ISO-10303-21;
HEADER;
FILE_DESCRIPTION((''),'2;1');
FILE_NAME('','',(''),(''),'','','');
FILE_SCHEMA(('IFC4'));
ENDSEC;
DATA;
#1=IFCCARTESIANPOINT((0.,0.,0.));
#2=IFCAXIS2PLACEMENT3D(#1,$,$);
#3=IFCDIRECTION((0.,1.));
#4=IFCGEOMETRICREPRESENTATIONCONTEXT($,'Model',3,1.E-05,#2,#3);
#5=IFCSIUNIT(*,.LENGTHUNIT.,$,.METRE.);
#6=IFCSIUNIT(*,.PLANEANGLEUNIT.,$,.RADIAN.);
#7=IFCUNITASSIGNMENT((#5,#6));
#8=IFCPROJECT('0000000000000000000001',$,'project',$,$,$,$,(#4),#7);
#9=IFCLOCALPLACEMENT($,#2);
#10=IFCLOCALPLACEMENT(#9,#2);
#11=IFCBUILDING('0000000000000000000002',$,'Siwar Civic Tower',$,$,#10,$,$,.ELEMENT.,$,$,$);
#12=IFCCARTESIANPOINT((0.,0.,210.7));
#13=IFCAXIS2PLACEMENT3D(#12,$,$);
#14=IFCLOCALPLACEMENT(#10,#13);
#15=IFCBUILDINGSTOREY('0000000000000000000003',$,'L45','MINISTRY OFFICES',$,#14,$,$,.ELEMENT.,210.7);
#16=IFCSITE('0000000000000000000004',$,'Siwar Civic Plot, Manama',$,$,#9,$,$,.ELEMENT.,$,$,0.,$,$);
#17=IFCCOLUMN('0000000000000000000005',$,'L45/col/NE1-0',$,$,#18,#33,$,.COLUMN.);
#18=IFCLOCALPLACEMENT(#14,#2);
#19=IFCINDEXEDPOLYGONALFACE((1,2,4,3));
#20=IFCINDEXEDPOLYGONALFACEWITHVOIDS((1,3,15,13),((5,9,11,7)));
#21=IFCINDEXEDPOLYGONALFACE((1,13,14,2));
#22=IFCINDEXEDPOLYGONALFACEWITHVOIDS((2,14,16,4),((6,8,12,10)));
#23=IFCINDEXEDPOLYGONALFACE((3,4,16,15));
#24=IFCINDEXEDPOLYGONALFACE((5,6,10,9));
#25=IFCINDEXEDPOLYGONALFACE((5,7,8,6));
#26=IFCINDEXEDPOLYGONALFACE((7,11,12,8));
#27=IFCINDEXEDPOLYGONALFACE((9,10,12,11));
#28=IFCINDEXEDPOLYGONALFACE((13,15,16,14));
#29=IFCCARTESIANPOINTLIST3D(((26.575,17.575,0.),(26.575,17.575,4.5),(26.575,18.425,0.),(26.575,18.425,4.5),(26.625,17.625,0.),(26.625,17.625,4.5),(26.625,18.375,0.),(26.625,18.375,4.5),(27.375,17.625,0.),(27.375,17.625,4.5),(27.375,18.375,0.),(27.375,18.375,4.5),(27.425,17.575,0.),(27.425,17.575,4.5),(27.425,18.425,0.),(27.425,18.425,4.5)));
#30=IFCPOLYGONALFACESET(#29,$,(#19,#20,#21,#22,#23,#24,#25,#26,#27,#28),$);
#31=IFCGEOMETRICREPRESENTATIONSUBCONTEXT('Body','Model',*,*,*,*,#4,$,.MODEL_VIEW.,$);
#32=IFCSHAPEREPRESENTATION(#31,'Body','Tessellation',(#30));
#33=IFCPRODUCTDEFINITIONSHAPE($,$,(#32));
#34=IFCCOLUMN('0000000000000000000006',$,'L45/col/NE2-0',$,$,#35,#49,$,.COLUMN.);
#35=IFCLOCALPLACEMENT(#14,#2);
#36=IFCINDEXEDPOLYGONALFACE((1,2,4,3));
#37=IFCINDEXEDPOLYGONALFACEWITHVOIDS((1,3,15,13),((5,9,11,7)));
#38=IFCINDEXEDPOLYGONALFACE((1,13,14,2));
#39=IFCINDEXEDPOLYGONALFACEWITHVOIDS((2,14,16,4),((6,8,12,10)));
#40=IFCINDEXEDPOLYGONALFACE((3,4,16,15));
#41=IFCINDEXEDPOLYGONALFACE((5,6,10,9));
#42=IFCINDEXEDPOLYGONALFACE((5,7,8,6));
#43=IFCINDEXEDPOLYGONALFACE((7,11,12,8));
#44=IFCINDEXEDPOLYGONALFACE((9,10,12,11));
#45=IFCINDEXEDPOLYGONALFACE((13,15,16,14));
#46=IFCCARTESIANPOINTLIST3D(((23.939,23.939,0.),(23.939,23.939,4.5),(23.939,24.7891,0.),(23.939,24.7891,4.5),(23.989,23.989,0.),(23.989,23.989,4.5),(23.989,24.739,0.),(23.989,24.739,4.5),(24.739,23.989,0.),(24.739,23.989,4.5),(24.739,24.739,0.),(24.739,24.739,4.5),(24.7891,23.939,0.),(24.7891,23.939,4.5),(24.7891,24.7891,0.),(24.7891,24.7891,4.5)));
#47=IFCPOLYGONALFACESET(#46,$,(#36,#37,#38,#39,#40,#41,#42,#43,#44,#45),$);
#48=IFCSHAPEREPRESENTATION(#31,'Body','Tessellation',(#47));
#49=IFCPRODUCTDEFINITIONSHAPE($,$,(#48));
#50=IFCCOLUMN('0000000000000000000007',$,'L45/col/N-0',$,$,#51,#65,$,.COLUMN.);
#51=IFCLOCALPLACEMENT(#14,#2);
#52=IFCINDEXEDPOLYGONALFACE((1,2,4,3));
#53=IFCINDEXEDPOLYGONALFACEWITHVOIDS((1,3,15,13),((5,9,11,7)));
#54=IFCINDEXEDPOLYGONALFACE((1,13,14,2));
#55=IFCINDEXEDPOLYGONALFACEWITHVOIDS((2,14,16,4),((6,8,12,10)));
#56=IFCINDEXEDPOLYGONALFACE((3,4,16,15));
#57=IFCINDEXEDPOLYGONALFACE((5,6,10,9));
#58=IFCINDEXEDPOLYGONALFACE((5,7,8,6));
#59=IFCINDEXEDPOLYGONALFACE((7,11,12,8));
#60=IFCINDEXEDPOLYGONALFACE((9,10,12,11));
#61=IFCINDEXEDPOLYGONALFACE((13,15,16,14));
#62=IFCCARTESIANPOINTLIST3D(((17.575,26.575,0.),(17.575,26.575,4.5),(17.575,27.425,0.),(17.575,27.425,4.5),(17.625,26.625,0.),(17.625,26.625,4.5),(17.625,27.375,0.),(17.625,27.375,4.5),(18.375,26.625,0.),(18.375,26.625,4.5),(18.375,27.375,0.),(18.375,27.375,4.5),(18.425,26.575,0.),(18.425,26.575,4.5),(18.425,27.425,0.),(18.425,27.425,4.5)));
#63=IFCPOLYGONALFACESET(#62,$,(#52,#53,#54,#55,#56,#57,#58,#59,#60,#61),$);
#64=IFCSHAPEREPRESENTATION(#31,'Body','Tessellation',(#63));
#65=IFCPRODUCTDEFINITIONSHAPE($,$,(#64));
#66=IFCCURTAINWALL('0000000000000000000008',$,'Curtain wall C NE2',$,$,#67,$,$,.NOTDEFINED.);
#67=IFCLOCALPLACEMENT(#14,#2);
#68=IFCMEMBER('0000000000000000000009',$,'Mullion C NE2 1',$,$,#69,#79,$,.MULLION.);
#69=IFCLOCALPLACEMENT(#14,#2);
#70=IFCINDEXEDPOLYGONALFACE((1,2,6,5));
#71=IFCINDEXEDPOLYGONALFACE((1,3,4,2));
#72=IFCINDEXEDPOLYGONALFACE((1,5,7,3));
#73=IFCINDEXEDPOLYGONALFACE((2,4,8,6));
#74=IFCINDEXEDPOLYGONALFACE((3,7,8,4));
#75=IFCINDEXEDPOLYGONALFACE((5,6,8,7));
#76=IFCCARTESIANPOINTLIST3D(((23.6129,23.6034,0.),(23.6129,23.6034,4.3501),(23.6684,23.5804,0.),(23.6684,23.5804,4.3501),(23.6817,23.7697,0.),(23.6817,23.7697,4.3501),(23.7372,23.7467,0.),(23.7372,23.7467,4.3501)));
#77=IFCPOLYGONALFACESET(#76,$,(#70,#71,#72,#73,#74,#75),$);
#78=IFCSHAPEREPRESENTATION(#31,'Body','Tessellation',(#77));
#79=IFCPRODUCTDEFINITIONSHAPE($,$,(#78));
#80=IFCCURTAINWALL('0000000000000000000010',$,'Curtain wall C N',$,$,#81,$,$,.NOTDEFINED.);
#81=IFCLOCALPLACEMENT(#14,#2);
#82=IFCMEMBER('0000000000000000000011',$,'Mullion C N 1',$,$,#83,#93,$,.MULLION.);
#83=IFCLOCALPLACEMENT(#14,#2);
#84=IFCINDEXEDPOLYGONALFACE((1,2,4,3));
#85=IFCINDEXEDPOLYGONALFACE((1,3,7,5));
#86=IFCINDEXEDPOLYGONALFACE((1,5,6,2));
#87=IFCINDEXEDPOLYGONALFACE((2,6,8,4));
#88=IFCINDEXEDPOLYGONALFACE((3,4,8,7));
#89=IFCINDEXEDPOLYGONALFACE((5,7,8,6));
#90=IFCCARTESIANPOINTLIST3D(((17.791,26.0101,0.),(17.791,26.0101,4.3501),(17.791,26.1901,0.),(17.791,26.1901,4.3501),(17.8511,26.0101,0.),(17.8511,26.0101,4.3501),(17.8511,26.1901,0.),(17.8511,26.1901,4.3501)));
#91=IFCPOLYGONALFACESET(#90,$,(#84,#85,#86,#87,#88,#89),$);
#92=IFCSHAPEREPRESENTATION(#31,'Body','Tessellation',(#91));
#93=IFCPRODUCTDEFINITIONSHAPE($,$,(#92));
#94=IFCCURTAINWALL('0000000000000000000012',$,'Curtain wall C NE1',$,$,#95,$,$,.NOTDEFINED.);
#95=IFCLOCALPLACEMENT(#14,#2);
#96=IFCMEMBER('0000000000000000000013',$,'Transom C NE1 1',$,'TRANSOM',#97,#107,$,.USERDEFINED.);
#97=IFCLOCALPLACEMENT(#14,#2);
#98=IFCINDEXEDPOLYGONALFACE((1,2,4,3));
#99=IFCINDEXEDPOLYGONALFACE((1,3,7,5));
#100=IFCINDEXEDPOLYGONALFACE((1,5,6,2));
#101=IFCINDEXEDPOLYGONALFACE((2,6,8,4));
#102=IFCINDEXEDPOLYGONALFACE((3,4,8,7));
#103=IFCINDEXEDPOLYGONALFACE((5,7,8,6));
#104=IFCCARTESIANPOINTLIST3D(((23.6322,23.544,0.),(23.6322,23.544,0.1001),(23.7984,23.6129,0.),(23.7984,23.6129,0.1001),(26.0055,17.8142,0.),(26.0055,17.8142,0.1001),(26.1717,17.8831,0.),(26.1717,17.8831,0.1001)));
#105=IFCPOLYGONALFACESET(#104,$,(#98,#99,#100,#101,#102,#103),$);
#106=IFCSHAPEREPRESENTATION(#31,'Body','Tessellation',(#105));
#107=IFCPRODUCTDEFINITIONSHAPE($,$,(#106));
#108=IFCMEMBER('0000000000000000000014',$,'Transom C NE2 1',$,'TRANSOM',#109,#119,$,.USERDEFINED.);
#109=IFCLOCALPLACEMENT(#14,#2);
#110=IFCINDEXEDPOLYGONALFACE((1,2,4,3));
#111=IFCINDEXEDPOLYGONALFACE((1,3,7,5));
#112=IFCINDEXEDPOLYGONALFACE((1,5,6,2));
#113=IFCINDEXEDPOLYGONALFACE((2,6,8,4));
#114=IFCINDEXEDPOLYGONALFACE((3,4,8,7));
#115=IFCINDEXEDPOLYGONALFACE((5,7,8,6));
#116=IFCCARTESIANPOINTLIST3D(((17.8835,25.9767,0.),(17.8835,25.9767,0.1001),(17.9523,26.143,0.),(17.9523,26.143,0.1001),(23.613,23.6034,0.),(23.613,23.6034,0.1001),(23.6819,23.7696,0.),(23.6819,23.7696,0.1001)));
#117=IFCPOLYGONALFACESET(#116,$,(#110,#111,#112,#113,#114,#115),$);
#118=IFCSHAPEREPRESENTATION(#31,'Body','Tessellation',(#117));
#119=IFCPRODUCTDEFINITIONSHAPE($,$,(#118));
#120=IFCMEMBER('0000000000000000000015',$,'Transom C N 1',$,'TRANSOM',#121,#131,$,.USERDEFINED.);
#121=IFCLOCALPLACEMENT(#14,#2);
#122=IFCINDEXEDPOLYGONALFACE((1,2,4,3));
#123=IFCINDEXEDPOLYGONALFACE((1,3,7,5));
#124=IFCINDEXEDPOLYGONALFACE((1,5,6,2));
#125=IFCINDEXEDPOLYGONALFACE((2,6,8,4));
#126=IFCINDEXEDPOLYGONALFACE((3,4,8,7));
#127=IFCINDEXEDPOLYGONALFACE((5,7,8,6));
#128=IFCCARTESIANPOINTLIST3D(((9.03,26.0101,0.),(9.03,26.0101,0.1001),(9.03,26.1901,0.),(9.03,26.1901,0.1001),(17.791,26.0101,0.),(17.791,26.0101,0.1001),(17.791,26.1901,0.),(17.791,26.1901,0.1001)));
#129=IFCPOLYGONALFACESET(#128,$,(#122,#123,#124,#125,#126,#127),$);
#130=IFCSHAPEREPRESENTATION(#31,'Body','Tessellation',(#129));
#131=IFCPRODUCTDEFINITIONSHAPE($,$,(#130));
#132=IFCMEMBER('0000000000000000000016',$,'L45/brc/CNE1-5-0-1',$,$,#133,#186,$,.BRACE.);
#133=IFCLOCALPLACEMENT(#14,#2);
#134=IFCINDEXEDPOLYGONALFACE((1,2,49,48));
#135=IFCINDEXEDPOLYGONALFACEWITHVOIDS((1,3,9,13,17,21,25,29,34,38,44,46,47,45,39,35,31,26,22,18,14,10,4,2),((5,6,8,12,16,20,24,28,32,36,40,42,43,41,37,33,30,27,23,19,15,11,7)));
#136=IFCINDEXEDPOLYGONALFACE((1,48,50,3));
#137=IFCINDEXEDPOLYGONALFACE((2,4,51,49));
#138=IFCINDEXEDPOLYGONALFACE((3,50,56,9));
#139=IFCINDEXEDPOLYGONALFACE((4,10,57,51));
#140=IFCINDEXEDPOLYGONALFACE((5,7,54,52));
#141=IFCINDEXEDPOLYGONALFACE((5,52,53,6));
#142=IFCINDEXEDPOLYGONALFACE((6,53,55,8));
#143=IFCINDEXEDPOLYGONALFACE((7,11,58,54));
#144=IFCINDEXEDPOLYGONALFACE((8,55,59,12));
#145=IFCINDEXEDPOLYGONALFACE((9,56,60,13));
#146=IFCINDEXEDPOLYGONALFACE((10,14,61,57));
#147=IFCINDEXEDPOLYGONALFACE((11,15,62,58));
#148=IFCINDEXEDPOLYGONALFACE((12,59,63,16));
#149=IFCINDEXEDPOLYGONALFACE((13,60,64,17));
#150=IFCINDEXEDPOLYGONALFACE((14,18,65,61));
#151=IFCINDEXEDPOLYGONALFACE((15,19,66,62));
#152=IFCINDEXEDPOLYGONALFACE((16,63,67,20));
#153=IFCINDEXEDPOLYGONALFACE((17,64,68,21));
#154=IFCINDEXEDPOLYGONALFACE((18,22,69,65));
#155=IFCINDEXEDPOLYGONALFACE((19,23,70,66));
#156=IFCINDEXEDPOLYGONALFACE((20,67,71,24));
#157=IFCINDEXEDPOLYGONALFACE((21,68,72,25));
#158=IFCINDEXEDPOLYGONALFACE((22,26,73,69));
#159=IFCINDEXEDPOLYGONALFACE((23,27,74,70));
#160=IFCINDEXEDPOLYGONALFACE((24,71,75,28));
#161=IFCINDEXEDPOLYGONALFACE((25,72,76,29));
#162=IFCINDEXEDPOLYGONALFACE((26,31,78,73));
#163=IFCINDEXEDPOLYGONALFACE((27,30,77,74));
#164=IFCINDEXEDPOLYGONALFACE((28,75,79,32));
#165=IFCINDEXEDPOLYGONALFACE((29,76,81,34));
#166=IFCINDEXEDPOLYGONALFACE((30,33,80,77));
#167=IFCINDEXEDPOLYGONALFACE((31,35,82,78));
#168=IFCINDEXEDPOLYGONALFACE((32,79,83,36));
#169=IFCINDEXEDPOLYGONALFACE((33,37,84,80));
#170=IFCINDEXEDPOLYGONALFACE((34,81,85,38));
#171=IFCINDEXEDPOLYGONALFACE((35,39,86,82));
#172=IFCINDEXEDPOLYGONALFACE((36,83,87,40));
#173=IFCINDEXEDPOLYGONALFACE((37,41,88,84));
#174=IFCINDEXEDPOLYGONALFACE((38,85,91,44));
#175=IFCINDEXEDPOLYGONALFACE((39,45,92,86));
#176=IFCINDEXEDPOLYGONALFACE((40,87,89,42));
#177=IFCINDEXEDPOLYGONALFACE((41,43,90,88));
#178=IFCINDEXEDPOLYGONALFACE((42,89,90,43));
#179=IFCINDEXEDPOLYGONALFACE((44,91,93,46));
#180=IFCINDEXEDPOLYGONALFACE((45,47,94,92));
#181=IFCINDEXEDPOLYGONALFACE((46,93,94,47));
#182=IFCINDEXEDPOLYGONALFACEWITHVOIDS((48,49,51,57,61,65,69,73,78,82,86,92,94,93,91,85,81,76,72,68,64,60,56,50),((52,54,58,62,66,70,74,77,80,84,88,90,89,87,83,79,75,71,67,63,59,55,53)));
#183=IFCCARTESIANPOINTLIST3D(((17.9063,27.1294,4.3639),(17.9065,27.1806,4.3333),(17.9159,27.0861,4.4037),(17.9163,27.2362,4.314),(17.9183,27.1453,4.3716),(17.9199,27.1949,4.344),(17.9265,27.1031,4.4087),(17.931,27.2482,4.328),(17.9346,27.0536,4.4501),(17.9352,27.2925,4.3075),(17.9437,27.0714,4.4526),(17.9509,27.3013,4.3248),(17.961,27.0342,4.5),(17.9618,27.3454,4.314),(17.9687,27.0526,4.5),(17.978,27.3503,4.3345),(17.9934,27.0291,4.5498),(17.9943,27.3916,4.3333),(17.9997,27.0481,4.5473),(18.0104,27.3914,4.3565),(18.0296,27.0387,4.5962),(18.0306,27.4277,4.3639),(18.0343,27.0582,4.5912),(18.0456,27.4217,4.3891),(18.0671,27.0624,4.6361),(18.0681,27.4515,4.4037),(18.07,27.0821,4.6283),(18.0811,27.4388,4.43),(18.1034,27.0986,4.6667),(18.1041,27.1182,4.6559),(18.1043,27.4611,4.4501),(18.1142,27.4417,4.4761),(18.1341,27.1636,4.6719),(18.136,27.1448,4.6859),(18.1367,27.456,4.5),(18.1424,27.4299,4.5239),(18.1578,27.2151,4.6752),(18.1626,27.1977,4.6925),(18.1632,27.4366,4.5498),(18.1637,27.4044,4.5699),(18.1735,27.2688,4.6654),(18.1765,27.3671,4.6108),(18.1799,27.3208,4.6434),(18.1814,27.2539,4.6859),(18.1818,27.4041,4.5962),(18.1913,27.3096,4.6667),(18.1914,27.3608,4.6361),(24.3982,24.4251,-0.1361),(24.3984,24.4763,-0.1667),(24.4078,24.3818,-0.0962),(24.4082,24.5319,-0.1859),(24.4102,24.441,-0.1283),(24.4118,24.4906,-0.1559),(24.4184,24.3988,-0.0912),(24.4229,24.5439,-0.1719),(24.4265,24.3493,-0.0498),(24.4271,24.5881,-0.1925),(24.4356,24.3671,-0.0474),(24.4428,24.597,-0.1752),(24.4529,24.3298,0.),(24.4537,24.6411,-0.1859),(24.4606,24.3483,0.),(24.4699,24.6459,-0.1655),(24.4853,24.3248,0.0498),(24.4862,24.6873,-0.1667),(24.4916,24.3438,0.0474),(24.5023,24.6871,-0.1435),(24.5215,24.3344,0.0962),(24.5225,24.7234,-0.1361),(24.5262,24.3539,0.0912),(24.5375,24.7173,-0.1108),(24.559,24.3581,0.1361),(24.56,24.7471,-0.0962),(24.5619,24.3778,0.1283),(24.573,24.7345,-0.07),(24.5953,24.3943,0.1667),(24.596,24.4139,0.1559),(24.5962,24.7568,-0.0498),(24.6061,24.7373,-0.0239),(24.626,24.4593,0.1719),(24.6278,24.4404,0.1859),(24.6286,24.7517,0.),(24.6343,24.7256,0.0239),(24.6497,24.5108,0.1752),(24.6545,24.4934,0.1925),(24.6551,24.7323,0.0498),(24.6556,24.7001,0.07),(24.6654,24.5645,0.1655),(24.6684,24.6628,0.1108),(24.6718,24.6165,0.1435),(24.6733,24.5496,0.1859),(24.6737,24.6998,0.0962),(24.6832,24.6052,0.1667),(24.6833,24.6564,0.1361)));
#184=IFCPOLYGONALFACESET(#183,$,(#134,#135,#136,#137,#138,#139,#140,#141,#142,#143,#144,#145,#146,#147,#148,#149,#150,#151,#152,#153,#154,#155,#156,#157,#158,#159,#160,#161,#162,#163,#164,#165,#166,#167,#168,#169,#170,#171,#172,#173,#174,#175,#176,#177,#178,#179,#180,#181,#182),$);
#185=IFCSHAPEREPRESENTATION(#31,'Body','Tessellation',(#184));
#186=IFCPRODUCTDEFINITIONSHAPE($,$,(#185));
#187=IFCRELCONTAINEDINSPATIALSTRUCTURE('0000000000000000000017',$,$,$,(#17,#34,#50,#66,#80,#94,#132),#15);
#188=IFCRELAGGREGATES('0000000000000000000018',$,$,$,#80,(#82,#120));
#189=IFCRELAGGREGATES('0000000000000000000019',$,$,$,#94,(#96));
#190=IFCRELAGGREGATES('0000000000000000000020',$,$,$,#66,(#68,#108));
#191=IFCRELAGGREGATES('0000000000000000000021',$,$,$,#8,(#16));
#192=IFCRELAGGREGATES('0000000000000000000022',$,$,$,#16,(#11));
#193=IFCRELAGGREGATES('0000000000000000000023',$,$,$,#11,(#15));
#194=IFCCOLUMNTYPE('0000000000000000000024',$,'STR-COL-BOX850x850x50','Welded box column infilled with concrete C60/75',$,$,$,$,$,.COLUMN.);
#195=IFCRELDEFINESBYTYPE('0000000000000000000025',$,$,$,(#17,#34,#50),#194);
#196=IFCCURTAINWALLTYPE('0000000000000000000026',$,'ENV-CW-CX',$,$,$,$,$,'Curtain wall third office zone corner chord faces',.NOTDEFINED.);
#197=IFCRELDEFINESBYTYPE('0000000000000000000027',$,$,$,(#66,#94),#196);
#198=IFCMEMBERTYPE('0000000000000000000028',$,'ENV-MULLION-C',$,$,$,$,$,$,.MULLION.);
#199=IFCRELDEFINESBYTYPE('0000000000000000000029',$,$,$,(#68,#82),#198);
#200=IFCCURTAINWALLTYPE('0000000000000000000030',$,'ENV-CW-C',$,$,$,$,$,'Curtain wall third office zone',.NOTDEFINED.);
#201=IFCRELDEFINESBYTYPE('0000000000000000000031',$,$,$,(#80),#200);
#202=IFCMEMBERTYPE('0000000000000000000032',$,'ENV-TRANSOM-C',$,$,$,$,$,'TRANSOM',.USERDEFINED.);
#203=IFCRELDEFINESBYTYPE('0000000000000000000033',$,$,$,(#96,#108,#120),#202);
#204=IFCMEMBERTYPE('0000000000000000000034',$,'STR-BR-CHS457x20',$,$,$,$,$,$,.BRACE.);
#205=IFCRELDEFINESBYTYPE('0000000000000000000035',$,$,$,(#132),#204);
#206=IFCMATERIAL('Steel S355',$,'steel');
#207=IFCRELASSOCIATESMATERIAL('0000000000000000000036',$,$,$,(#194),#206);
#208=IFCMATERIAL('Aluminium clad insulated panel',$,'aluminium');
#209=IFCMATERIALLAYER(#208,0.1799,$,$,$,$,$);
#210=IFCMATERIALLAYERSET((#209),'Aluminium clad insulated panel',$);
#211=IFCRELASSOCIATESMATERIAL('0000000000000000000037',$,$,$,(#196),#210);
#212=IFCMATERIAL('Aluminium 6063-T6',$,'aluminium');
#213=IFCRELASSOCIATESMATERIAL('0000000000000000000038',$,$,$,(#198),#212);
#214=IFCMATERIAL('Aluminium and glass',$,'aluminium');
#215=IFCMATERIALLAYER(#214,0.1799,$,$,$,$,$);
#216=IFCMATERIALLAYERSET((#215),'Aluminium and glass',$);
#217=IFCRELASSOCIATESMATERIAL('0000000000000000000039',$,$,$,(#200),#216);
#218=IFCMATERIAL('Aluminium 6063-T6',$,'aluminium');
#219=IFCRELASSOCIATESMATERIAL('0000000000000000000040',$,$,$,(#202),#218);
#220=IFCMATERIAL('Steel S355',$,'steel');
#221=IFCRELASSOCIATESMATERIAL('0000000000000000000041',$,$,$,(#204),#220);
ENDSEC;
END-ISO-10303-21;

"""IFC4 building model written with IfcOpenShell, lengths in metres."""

from ifc_helpers import new_model, si_unit, direction, frame, origin, origin_2d, place, context, subcontext, project, spatial, rectangle, hollow_rectangle, hollow_circle, extrude, material, layer, layer_set, material_profile, profile_set, type_object, element, aggregate, save


model = new_model("IFC4")

# Units and contexts
model_context = context("Model", 3, precision=1e-05, world=origin(), true_north=direction((0.0, 1.0)))
body_context = subcontext(model_context, "Body", "Model", "MODEL_VIEW")
ifc_project = project(units=[si_unit("LENGTHUNIT", "METRE"), si_unit("PLANEANGLEUNIT", "RADIAN")], contexts=[model_context])

# Site, building, storey
site_placement = place(None, origin())
site = spatial("IfcSite", under=ifc_project, at=site_placement, Name="Siwar Civic Plot, Manama", CompositionType="ELEMENT", RefElevation=0.0)
building_placement = place(site_placement, origin())
building = spatial("IfcBuilding", under=site, at=building_placement, Name="Siwar Civic Tower", CompositionType="ELEMENT")
storey_placement = place(building_placement, frame((0.0, 0.0, 210.7)))
storey = spatial("IfcBuildingStorey", under=building, at=storey_placement, Name="L45", Description="MINISTRY OFFICES", CompositionType="ELEMENT", Elevation=210.7)

# Columns
ifc_material_1 = material(Name="Steel S355", Category="steel")
ifc_material_profile_1 = material_profile(ifc_material_1, hollow_rectangle(XDim=0.8501, YDim=0.8501, WallThickness=0.05, at=origin_2d()), Name="BOX850x850x50")
ifc_profile_set_1 = profile_set([ifc_material_profile_1], Name="Steel S355")
column_type = type_object("IfcColumnType", Name="STR-COL-BOX850x850x50", Description="Welded box column infilled with concrete C60/75", PredefinedType="COLUMN", material=ifc_profile_set_1)
for number, where, z_axis, x_axis, name in (
    (1, (27.0, 18.0, 0.0), (0.0, 0.0, 1.0), (1.0, 0.0, 0.0), "L45/col/NE1-0"),
    (2, (24.364, 24.364, 0.0), (0.0, 0.0, 1.0), (1.0, 0.0, 0.0), "L45/col/NE2-0"),
    (3, (18.0, 27.0, 0.0), (0.0, 0.0, 1.0), (1.0, 0.0, 0.0), "L45/col/N-0"),
):
    element("IfcColumn", number, at=place(storey_placement, frame(where, z_axis=z_axis, x_axis=x_axis)), inside=storey, type_object=column_type, Name=name, PredefinedType="COLUMN", context=body_context, shape_type="SweptSolid", body=[
        extrude(hollow_rectangle(XDim=0.8501, YDim=0.8501, WallThickness=0.05, at=origin_2d()), origin(), (0.0, 0.0, 1.0), 4.5),
    ])

# Curtain walls, members
ifc_material_2 = material(Name="Aluminium clad insulated panel", Category="aluminium")
ifc_layer_1 = layer(ifc_material_2, 0.1799)
ifc_layer_set_1 = layer_set([ifc_layer_1], Name="Aluminium clad insulated panel")
curtain_wall_type_1 = type_object("IfcCurtainWallType", Name="ENV-CW-CX", ElementType="Curtain wall third office zone corner chord faces", PredefinedType="NOTDEFINED", material=ifc_layer_set_1)
curtain_wall_1_placement = place(storey_placement, origin())
curtain_wall_1 = element("IfcCurtainWall", 4, at=curtain_wall_1_placement, inside=storey, type_object=curtain_wall_type_1, Name="Curtain wall C NE2", PredefinedType="NOTDEFINED")
ifc_material_3 = material(Name="Aluminium 6063-T6", Category="aluminium")
ifc_material_profile_2 = material_profile(ifc_material_3, rectangle(XDim=0.1799, YDim=0.0601, at=origin_2d()), Name="AL 180x60")
ifc_profile_set_2 = profile_set([ifc_material_profile_2], Name="Aluminium 6063-T6")
member_type_1 = type_object("IfcMemberType", Name="ENV-MULLION-C", PredefinedType="MULLION", material=ifc_profile_set_2)
member_1_placement = place(storey_placement, frame((23.675, 23.675, 0.0), z_axis=(0.0, 0.0, 1.0), x_axis=(-0.382683, -0.92388, 0.0)))
member_1 = element("IfcMember", 5, at=member_1_placement, type_object=member_type_1, Name="Mullion C NE2 1", PredefinedType="MULLION", context=body_context, shape_type="SweptSolid", body=[
    extrude(rectangle(XDim=0.1799, YDim=0.0601, at=origin_2d()), origin(), (0.0, 0.0, 1.0), 4.3501),
])
ifc_material_4 = material(Name="Aluminium and glass", Category="aluminium")
ifc_layer_2 = layer(ifc_material_4, 0.1799)
ifc_layer_set_2 = layer_set([ifc_layer_2], Name="Aluminium and glass")
curtain_wall_type_2 = type_object("IfcCurtainWallType", Name="ENV-CW-C", ElementType="Curtain wall third office zone", PredefinedType="NOTDEFINED", material=ifc_layer_set_2)
curtain_wall_2_placement = place(storey_placement, origin())
curtain_wall_2 = element("IfcCurtainWall", 6, at=curtain_wall_2_placement, inside=storey, type_object=curtain_wall_type_2, Name="Curtain wall C N", PredefinedType="NOTDEFINED")
member_2_placement = place(storey_placement, frame((17.821, 26.1001, 0.0), z_axis=(0.0, 0.0, 1.0), x_axis=(0.0, -1.0, 0.0)))
member_2 = element("IfcMember", 7, at=member_2_placement, type_object=member_type_1, Name="Mullion C N 1", PredefinedType="MULLION", context=body_context, shape_type="SweptSolid", body=[
    extrude(rectangle(XDim=0.1799, YDim=0.0601, at=origin_2d()), origin(), (0.0, 0.0, 1.0), 4.3501),
])
curtain_wall_3_placement = place(storey_placement, origin())
curtain_wall_3 = element("IfcCurtainWall", 8, at=curtain_wall_3_placement, inside=storey, type_object=curtain_wall_type_1, Name="Curtain wall C NE1", PredefinedType="NOTDEFINED")
ifc_material_5 = material(Name="Aluminium 6063-T6", Category="aluminium")
ifc_material_profile_3 = material_profile(ifc_material_5, rectangle(XDim=0.1799, YDim=0.1001, at=origin_2d()), Name="AL 180x100")
ifc_profile_set_3 = profile_set([ifc_material_profile_3], Name="Aluminium 6063-T6")
member_type_2 = type_object("IfcMemberType", Name="ENV-TRANSOM-C", ElementType="TRANSOM", PredefinedType="USERDEFINED", material=ifc_profile_set_3)
member_3_placement = place(storey_placement, frame((26.0886, 17.8486, 0.05), z_axis=(-0.382677, 0.923882, 0.0), x_axis=(-0.923882, -0.382677, 0.0)))
member_3 = element("IfcMember", 9, at=member_3_placement, type_object=member_type_2, Name="Transom C NE1 1", ObjectType="TRANSOM", PredefinedType="USERDEFINED", context=body_context, shape_type="SweptSolid", body=[
    extrude(rectangle(XDim=0.1799, YDim=0.1001, at=origin_2d()), origin(), (0.0, 0.0, 1.0), 6.2019),
])

# Members
member_4_placement = place(storey_placement, frame((23.6475, 23.6865, 0.05), z_axis=(-0.923876, 0.382691, 0.0), x_axis=(-0.382691, -0.923876, 0.0)))
member_4 = element("IfcMember", 10, at=member_4_placement, type_object=member_type_2, Name="Transom C NE2 1", ObjectType="TRANSOM", PredefinedType="USERDEFINED", context=body_context, shape_type="SweptSolid", body=[
    extrude(rectangle(XDim=0.1799, YDim=0.1001, at=origin_2d()), origin(), (0.0, 0.0, 1.0), 6.2017),
])
member_5_placement = place(storey_placement, frame((17.791, 26.1001, 0.05), z_axis=(-1.0, 0.0, 0.0), x_axis=(0.0, -1.0, 0.0)))
member_5 = element("IfcMember", 11, at=member_5_placement, type_object=member_type_2, Name="Transom C N 1", ObjectType="TRANSOM", PredefinedType="USERDEFINED", context=body_context, shape_type="SweptSolid", body=[
    extrude(rectangle(XDim=0.1799, YDim=0.1001, at=origin_2d()), origin(), (0.0, 0.0, 1.0), 8.761),
])
aggregate(curtain_wall_2, [member_2, member_5])

# Member
ifc_material_6 = material(Name="Steel S355", Category="steel")
ifc_material_profile_4 = material_profile(ifc_material_6, hollow_circle(Radius=0.2285, WallThickness=0.02, at=origin_2d()), Name="CHS457x20")
ifc_profile_set_4 = profile_set([ifc_material_profile_4], Name="Steel S355")
member_type_3 = type_object("IfcMemberType", Name="STR-BR-CHS457x20", PredefinedType="BRACE", material=ifc_profile_set_4)
member_6_placement = place(storey_placement, frame((24.5408, 24.5408, 0.0), z_axis=(-0.777555, 0.323906, 0.538975), x_axis=(-0.384539, -0.923109, 0.0)))
element("IfcMember", 12, at=member_6_placement, inside=storey, type_object=member_type_3, Name="L45/brc/CNE1-5-0-1", PredefinedType="BRACE", context=body_context, shape_type="SweptSolid", body=[
    extrude(hollow_circle(Radius=0.2285, WallThickness=0.02, at=origin_2d()), origin(), (0.0, 0.0, 1.0), 8.3491),
])

aggregate(curtain_wall_3, [member_3])
aggregate(curtain_wall_1, [member_1, member_4])

save(model, "model.ifc")
